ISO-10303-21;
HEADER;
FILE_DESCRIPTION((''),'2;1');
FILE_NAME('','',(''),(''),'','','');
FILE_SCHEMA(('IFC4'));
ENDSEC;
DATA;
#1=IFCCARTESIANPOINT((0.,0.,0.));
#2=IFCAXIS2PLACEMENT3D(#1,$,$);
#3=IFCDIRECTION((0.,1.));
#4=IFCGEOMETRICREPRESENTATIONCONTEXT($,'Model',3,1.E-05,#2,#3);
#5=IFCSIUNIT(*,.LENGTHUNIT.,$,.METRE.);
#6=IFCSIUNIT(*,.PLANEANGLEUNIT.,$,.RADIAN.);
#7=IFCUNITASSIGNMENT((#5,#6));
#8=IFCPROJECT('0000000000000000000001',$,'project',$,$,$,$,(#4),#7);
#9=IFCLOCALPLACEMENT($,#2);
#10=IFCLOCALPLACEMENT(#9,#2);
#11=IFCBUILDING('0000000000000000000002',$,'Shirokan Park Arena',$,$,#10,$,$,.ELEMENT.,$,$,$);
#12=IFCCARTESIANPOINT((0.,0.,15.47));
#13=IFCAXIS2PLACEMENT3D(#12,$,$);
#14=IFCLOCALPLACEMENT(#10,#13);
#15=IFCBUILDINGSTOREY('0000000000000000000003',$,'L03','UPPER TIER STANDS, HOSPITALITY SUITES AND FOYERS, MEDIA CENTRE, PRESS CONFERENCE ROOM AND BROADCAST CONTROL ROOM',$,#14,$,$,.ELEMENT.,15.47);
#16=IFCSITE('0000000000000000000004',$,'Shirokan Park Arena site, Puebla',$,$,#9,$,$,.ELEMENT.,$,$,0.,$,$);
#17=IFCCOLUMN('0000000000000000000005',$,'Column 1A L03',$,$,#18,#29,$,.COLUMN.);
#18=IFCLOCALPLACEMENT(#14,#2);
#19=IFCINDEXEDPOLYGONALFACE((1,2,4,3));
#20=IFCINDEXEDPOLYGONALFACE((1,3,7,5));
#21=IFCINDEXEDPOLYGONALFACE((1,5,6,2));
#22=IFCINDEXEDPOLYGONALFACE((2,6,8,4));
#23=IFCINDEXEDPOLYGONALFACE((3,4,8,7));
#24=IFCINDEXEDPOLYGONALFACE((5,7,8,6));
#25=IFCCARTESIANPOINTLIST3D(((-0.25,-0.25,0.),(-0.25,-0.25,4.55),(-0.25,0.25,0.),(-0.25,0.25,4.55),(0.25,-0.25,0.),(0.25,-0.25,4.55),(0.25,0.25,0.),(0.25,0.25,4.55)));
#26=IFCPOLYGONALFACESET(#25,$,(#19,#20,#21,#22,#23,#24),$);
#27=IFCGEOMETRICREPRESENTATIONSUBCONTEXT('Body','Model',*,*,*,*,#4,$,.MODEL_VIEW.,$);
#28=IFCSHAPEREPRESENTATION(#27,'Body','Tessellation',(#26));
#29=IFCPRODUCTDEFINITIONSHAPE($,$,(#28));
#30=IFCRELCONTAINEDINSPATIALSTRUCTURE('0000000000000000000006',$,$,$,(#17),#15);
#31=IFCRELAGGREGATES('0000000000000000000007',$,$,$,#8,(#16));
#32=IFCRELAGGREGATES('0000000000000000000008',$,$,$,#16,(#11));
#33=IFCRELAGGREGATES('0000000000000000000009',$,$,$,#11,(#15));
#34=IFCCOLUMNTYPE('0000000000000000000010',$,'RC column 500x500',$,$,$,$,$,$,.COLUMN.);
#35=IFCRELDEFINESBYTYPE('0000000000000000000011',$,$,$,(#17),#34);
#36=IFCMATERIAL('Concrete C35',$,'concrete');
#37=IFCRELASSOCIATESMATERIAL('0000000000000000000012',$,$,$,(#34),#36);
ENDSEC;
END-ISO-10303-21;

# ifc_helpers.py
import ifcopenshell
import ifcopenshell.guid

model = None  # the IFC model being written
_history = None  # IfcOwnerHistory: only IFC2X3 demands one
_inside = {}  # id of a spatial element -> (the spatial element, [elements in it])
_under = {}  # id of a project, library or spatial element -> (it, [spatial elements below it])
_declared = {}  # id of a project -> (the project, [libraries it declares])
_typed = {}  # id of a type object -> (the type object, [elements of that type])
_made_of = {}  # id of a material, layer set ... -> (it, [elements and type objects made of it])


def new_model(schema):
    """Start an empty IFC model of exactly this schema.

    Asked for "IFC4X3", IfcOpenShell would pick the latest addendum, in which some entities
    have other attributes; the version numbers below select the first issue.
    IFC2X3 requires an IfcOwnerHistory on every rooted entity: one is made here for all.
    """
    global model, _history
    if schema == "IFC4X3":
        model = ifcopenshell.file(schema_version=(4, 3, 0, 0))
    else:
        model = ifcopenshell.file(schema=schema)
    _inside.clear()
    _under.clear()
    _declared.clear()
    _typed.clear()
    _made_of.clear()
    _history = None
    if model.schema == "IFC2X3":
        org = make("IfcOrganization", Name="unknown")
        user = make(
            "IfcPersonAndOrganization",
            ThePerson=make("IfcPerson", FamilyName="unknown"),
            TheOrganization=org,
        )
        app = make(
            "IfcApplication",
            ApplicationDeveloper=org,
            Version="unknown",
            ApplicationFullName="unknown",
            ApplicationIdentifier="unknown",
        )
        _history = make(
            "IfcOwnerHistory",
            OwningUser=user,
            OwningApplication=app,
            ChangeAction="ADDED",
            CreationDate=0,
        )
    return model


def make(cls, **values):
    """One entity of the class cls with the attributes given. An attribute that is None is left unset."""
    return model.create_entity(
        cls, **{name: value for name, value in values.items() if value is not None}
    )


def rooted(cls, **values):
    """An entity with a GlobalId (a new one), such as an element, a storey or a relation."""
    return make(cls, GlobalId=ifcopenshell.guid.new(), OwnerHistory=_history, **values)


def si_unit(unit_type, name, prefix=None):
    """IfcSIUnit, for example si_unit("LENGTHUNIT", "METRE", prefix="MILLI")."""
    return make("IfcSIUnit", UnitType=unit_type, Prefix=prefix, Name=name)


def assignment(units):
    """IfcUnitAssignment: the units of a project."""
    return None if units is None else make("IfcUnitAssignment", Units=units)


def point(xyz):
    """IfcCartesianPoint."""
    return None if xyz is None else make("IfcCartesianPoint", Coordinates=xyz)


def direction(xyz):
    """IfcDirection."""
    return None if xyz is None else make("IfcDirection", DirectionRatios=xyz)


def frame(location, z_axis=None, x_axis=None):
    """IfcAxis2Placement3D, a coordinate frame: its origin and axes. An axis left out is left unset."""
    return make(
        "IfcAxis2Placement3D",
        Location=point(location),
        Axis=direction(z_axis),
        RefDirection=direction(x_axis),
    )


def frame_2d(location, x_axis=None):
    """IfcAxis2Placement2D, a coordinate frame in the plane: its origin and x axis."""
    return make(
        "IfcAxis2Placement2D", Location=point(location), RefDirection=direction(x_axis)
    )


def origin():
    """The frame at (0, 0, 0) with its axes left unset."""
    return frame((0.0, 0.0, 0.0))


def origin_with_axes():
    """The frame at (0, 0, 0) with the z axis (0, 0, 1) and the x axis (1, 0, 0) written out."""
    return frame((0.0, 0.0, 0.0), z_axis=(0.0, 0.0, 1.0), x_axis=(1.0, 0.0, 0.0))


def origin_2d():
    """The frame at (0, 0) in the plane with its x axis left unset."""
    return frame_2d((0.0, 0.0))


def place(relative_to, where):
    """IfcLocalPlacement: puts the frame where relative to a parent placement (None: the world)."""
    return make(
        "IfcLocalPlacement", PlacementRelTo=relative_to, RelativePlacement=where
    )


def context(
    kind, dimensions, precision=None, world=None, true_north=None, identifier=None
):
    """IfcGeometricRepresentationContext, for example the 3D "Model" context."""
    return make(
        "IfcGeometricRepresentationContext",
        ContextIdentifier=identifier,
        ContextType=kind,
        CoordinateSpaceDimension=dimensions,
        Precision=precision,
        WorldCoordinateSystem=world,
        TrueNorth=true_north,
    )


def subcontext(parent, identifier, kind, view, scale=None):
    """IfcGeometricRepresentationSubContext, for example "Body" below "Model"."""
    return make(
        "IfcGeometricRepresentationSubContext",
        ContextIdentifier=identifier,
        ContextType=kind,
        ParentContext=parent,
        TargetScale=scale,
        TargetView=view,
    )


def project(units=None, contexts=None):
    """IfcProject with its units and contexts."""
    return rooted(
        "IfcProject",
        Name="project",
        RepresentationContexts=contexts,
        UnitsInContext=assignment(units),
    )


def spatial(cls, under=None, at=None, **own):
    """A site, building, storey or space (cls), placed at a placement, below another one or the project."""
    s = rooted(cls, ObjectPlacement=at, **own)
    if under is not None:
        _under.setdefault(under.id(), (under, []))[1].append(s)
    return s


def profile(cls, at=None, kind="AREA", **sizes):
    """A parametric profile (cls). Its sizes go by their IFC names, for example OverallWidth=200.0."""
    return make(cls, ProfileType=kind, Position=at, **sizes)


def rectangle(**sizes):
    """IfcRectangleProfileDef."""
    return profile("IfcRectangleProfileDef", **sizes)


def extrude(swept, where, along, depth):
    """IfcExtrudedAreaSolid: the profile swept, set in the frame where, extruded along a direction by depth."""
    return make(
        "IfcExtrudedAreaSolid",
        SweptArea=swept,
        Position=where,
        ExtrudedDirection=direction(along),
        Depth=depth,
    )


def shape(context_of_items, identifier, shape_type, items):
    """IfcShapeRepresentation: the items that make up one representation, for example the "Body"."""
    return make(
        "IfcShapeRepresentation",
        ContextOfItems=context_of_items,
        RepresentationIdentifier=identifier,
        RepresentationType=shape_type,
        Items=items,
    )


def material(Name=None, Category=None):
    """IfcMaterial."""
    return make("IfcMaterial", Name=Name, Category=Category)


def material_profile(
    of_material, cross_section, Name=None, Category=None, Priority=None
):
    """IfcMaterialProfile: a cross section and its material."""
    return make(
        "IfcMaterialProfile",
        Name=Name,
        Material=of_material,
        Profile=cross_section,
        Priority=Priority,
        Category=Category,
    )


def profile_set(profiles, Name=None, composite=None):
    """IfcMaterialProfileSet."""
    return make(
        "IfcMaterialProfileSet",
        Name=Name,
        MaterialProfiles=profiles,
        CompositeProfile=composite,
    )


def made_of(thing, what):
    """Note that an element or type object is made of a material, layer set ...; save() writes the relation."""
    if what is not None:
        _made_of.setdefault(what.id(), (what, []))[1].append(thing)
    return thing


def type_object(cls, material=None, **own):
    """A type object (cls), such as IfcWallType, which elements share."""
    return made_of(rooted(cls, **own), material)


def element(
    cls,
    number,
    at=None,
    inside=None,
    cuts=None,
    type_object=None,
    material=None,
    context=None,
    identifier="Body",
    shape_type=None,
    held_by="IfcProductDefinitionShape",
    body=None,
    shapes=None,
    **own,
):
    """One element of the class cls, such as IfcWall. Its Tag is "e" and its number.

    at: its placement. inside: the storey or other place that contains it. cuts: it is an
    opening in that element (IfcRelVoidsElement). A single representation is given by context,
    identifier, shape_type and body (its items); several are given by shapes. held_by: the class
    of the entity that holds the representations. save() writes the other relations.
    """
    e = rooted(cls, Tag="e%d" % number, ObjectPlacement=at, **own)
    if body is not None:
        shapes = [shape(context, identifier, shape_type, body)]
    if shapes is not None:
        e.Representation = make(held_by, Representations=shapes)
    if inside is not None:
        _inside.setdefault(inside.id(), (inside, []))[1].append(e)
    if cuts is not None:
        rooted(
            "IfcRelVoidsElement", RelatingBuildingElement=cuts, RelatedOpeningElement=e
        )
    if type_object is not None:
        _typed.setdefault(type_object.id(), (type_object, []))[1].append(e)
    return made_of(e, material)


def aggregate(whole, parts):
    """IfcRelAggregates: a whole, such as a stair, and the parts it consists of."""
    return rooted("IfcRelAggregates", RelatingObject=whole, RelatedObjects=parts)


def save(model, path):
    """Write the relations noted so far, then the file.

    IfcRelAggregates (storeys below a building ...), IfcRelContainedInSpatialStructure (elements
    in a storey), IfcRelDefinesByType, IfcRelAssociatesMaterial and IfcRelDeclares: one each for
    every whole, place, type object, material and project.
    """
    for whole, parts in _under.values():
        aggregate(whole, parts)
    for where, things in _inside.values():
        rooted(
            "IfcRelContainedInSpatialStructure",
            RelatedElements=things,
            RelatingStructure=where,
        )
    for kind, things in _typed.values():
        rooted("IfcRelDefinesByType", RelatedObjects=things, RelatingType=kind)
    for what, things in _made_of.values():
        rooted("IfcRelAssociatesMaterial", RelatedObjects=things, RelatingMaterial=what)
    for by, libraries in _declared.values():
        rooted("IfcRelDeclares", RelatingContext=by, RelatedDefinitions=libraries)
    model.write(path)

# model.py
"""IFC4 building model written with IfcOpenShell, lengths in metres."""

from ifc_helpers import new_model, si_unit, direction, frame, origin, origin_with_axes, origin_2d, place, context, subcontext, project, spatial, rectangle, extrude, material, material_profile, profile_set, type_object, element, save


model = new_model("IFC4")

# Units and contexts
model_context = context("Model", 3, precision=1e-05, world=origin(), true_north=direction((0.0, 1.0)))
body_context = subcontext(model_context, "Body", "Model", "MODEL_VIEW")
ifc_project = project(units=[si_unit("LENGTHUNIT", "METRE"), si_unit("PLANEANGLEUNIT", "RADIAN")], contexts=[model_context])

# Site, building, storey
site_placement = place(None, origin())
site = spatial("IfcSite", under=ifc_project, at=site_placement, Name="Shirokan Park Arena site, Puebla", CompositionType="ELEMENT", RefElevation=0.0)
building_placement = place(site_placement, origin())
building = spatial("IfcBuilding", under=site, at=building_placement, Name="Shirokan Park Arena", CompositionType="ELEMENT")
storey_placement = place(building_placement, frame((0.0, 0.0, 15.47)))
storey = spatial("IfcBuildingStorey", under=building, at=storey_placement, Name="L03", Description="UPPER TIER STANDS, HOSPITALITY SUITES AND FOYERS, MEDIA CENTRE, PRESS CONFERENCE ROOM AND BROADCAST CONTROL ROOM", CompositionType="ELEMENT", Elevation=15.47)

# Column
ifc_material_1 = material(Name="Concrete C35", Category="concrete")
ifc_material_profile = material_profile(ifc_material_1, rectangle(XDim=0.5, YDim=0.5, at=origin_2d()), Name="500x500")
ifc_profile_set = profile_set([ifc_material_profile], Name="Concrete C35")
column_type = type_object("IfcColumnType", Name="RC column 500x500", PredefinedType="COLUMN", material=ifc_profile_set)
column_placement = place(storey_placement, origin_with_axes())
element("IfcColumn", 1, at=column_placement, inside=storey, type_object=column_type, Name="Column 1A L03", PredefinedType="COLUMN", context=body_context, shape_type="SweptSolid", body=[
    extrude(rectangle(XDim=0.5, YDim=0.5, at=origin_2d()), origin(), (0.0, 0.0, 1.0), 4.55),
])

save(model, "model.ifc")
